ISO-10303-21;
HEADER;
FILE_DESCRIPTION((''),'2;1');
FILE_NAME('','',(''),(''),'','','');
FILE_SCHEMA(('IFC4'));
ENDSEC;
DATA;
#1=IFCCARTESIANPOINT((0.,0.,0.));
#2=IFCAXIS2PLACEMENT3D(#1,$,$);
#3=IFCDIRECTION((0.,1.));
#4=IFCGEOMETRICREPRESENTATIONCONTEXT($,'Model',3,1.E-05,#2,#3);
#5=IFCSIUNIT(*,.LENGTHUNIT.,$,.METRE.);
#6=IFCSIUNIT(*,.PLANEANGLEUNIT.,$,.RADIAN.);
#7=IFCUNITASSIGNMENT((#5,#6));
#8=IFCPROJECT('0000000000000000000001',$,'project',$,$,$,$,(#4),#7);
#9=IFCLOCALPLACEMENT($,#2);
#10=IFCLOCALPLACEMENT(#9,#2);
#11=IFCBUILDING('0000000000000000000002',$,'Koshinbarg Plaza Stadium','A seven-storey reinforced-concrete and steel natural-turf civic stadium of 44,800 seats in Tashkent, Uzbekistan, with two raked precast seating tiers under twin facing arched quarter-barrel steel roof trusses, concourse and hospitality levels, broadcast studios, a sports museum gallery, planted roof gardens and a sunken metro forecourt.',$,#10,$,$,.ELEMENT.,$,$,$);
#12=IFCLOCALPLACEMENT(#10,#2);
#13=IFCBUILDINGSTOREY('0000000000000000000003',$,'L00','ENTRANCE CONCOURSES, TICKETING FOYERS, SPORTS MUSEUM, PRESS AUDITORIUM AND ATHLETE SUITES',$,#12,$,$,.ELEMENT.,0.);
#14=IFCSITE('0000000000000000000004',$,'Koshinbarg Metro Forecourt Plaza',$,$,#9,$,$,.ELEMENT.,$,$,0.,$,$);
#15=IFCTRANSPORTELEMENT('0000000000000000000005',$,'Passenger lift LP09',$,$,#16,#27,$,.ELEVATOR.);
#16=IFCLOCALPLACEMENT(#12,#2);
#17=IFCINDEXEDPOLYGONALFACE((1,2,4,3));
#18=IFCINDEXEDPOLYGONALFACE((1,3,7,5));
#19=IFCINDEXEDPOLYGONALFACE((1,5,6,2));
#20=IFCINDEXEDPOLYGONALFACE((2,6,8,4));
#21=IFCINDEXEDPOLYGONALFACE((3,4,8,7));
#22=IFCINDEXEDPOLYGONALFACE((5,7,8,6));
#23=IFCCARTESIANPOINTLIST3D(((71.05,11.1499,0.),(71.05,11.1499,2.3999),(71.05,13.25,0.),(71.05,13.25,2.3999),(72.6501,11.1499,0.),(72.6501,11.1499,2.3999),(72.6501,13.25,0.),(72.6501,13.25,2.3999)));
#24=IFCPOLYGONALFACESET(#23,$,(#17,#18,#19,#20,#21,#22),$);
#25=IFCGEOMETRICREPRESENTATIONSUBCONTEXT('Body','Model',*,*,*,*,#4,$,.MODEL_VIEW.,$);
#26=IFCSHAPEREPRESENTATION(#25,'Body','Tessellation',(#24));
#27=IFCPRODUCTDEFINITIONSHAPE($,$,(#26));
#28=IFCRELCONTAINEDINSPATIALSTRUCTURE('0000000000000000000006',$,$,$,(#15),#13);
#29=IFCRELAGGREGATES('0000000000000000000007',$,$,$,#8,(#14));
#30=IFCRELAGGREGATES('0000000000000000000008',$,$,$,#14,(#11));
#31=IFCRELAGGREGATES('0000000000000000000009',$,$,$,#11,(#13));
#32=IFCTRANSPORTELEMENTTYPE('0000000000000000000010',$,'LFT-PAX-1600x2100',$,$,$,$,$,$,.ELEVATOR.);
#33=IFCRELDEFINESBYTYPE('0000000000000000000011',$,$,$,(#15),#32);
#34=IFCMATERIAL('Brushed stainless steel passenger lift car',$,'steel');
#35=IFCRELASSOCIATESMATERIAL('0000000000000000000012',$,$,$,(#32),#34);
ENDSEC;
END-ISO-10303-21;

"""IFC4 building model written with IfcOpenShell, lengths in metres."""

from ifc_helpers import new_model, si_unit, direction, frame, origin, origin_2d, place, context, subcontext, project, spatial, rectangle, extrude, material, type_object, element, save


model = new_model("IFC4")

# Units and contexts
model_context = context("Model", 3, precision=1e-05, world=origin(), true_north=direction((0.0, 1.0)))
body_context = subcontext(model_context, "Body", "Model", "MODEL_VIEW")
ifc_project = project(units=[si_unit("LENGTHUNIT", "METRE"), si_unit("PLANEANGLEUNIT", "RADIAN")], contexts=[model_context])

# Site, building, storey
site_placement = place(None, origin())
site = spatial("IfcSite", under=ifc_project, at=site_placement, Name="Koshinbarg Metro Forecourt Plaza", CompositionType="ELEMENT", RefElevation=0.0)
building_placement = place(site_placement, origin())
building = spatial("IfcBuilding", under=site, at=building_placement, Name="Koshinbarg Plaza Stadium", Description="A seven-storey reinforced-concrete and steel natural-turf civic stadium of 44,800 seats in Tashkent, Uzbekistan, with two raked precast seating tiers under twin facing arched quarter-barrel steel roof trusses, concourse and hospitality levels, broadcast studios, a sports museum gallery, planted roof gardens and a sunken metro forecourt.", CompositionType="ELEMENT")
storey_placement = place(building_placement, origin())
storey = spatial("IfcBuildingStorey", under=building, at=storey_placement, Name="L00", Description="ENTRANCE CONCOURSES, TICKETING FOYERS, SPORTS MUSEUM, PRESS AUDITORIUM AND ATHLETE SUITES", CompositionType="ELEMENT", Elevation=0.0)

# Transport element
ifc_material_1 = material(Name="Brushed stainless steel passenger lift car", Category="steel")
transport_element_type = type_object("IfcTransportElementType", Name="LFT-PAX-1600x2100", PredefinedType="ELEVATOR", material=ifc_material_1)
transport_element_placement = place(storey_placement, frame((71.8501, 12.2, 0.0), z_axis=(0.0, 0.0, 1.0), x_axis=(1.0, 0.0, 0.0)))
element("IfcTransportElement", 1, at=transport_element_placement, inside=storey, type_object=transport_element_type, Name="Passenger lift LP09", PredefinedType="ELEVATOR", context=body_context, shape_type="SweptSolid", body=[
    extrude(rectangle(XDim=1.6001, YDim=2.1001, at=origin_2d()), origin(), (0.0, 0.0, 1.0), 2.3999),
])

save(model, "model.ifc")
